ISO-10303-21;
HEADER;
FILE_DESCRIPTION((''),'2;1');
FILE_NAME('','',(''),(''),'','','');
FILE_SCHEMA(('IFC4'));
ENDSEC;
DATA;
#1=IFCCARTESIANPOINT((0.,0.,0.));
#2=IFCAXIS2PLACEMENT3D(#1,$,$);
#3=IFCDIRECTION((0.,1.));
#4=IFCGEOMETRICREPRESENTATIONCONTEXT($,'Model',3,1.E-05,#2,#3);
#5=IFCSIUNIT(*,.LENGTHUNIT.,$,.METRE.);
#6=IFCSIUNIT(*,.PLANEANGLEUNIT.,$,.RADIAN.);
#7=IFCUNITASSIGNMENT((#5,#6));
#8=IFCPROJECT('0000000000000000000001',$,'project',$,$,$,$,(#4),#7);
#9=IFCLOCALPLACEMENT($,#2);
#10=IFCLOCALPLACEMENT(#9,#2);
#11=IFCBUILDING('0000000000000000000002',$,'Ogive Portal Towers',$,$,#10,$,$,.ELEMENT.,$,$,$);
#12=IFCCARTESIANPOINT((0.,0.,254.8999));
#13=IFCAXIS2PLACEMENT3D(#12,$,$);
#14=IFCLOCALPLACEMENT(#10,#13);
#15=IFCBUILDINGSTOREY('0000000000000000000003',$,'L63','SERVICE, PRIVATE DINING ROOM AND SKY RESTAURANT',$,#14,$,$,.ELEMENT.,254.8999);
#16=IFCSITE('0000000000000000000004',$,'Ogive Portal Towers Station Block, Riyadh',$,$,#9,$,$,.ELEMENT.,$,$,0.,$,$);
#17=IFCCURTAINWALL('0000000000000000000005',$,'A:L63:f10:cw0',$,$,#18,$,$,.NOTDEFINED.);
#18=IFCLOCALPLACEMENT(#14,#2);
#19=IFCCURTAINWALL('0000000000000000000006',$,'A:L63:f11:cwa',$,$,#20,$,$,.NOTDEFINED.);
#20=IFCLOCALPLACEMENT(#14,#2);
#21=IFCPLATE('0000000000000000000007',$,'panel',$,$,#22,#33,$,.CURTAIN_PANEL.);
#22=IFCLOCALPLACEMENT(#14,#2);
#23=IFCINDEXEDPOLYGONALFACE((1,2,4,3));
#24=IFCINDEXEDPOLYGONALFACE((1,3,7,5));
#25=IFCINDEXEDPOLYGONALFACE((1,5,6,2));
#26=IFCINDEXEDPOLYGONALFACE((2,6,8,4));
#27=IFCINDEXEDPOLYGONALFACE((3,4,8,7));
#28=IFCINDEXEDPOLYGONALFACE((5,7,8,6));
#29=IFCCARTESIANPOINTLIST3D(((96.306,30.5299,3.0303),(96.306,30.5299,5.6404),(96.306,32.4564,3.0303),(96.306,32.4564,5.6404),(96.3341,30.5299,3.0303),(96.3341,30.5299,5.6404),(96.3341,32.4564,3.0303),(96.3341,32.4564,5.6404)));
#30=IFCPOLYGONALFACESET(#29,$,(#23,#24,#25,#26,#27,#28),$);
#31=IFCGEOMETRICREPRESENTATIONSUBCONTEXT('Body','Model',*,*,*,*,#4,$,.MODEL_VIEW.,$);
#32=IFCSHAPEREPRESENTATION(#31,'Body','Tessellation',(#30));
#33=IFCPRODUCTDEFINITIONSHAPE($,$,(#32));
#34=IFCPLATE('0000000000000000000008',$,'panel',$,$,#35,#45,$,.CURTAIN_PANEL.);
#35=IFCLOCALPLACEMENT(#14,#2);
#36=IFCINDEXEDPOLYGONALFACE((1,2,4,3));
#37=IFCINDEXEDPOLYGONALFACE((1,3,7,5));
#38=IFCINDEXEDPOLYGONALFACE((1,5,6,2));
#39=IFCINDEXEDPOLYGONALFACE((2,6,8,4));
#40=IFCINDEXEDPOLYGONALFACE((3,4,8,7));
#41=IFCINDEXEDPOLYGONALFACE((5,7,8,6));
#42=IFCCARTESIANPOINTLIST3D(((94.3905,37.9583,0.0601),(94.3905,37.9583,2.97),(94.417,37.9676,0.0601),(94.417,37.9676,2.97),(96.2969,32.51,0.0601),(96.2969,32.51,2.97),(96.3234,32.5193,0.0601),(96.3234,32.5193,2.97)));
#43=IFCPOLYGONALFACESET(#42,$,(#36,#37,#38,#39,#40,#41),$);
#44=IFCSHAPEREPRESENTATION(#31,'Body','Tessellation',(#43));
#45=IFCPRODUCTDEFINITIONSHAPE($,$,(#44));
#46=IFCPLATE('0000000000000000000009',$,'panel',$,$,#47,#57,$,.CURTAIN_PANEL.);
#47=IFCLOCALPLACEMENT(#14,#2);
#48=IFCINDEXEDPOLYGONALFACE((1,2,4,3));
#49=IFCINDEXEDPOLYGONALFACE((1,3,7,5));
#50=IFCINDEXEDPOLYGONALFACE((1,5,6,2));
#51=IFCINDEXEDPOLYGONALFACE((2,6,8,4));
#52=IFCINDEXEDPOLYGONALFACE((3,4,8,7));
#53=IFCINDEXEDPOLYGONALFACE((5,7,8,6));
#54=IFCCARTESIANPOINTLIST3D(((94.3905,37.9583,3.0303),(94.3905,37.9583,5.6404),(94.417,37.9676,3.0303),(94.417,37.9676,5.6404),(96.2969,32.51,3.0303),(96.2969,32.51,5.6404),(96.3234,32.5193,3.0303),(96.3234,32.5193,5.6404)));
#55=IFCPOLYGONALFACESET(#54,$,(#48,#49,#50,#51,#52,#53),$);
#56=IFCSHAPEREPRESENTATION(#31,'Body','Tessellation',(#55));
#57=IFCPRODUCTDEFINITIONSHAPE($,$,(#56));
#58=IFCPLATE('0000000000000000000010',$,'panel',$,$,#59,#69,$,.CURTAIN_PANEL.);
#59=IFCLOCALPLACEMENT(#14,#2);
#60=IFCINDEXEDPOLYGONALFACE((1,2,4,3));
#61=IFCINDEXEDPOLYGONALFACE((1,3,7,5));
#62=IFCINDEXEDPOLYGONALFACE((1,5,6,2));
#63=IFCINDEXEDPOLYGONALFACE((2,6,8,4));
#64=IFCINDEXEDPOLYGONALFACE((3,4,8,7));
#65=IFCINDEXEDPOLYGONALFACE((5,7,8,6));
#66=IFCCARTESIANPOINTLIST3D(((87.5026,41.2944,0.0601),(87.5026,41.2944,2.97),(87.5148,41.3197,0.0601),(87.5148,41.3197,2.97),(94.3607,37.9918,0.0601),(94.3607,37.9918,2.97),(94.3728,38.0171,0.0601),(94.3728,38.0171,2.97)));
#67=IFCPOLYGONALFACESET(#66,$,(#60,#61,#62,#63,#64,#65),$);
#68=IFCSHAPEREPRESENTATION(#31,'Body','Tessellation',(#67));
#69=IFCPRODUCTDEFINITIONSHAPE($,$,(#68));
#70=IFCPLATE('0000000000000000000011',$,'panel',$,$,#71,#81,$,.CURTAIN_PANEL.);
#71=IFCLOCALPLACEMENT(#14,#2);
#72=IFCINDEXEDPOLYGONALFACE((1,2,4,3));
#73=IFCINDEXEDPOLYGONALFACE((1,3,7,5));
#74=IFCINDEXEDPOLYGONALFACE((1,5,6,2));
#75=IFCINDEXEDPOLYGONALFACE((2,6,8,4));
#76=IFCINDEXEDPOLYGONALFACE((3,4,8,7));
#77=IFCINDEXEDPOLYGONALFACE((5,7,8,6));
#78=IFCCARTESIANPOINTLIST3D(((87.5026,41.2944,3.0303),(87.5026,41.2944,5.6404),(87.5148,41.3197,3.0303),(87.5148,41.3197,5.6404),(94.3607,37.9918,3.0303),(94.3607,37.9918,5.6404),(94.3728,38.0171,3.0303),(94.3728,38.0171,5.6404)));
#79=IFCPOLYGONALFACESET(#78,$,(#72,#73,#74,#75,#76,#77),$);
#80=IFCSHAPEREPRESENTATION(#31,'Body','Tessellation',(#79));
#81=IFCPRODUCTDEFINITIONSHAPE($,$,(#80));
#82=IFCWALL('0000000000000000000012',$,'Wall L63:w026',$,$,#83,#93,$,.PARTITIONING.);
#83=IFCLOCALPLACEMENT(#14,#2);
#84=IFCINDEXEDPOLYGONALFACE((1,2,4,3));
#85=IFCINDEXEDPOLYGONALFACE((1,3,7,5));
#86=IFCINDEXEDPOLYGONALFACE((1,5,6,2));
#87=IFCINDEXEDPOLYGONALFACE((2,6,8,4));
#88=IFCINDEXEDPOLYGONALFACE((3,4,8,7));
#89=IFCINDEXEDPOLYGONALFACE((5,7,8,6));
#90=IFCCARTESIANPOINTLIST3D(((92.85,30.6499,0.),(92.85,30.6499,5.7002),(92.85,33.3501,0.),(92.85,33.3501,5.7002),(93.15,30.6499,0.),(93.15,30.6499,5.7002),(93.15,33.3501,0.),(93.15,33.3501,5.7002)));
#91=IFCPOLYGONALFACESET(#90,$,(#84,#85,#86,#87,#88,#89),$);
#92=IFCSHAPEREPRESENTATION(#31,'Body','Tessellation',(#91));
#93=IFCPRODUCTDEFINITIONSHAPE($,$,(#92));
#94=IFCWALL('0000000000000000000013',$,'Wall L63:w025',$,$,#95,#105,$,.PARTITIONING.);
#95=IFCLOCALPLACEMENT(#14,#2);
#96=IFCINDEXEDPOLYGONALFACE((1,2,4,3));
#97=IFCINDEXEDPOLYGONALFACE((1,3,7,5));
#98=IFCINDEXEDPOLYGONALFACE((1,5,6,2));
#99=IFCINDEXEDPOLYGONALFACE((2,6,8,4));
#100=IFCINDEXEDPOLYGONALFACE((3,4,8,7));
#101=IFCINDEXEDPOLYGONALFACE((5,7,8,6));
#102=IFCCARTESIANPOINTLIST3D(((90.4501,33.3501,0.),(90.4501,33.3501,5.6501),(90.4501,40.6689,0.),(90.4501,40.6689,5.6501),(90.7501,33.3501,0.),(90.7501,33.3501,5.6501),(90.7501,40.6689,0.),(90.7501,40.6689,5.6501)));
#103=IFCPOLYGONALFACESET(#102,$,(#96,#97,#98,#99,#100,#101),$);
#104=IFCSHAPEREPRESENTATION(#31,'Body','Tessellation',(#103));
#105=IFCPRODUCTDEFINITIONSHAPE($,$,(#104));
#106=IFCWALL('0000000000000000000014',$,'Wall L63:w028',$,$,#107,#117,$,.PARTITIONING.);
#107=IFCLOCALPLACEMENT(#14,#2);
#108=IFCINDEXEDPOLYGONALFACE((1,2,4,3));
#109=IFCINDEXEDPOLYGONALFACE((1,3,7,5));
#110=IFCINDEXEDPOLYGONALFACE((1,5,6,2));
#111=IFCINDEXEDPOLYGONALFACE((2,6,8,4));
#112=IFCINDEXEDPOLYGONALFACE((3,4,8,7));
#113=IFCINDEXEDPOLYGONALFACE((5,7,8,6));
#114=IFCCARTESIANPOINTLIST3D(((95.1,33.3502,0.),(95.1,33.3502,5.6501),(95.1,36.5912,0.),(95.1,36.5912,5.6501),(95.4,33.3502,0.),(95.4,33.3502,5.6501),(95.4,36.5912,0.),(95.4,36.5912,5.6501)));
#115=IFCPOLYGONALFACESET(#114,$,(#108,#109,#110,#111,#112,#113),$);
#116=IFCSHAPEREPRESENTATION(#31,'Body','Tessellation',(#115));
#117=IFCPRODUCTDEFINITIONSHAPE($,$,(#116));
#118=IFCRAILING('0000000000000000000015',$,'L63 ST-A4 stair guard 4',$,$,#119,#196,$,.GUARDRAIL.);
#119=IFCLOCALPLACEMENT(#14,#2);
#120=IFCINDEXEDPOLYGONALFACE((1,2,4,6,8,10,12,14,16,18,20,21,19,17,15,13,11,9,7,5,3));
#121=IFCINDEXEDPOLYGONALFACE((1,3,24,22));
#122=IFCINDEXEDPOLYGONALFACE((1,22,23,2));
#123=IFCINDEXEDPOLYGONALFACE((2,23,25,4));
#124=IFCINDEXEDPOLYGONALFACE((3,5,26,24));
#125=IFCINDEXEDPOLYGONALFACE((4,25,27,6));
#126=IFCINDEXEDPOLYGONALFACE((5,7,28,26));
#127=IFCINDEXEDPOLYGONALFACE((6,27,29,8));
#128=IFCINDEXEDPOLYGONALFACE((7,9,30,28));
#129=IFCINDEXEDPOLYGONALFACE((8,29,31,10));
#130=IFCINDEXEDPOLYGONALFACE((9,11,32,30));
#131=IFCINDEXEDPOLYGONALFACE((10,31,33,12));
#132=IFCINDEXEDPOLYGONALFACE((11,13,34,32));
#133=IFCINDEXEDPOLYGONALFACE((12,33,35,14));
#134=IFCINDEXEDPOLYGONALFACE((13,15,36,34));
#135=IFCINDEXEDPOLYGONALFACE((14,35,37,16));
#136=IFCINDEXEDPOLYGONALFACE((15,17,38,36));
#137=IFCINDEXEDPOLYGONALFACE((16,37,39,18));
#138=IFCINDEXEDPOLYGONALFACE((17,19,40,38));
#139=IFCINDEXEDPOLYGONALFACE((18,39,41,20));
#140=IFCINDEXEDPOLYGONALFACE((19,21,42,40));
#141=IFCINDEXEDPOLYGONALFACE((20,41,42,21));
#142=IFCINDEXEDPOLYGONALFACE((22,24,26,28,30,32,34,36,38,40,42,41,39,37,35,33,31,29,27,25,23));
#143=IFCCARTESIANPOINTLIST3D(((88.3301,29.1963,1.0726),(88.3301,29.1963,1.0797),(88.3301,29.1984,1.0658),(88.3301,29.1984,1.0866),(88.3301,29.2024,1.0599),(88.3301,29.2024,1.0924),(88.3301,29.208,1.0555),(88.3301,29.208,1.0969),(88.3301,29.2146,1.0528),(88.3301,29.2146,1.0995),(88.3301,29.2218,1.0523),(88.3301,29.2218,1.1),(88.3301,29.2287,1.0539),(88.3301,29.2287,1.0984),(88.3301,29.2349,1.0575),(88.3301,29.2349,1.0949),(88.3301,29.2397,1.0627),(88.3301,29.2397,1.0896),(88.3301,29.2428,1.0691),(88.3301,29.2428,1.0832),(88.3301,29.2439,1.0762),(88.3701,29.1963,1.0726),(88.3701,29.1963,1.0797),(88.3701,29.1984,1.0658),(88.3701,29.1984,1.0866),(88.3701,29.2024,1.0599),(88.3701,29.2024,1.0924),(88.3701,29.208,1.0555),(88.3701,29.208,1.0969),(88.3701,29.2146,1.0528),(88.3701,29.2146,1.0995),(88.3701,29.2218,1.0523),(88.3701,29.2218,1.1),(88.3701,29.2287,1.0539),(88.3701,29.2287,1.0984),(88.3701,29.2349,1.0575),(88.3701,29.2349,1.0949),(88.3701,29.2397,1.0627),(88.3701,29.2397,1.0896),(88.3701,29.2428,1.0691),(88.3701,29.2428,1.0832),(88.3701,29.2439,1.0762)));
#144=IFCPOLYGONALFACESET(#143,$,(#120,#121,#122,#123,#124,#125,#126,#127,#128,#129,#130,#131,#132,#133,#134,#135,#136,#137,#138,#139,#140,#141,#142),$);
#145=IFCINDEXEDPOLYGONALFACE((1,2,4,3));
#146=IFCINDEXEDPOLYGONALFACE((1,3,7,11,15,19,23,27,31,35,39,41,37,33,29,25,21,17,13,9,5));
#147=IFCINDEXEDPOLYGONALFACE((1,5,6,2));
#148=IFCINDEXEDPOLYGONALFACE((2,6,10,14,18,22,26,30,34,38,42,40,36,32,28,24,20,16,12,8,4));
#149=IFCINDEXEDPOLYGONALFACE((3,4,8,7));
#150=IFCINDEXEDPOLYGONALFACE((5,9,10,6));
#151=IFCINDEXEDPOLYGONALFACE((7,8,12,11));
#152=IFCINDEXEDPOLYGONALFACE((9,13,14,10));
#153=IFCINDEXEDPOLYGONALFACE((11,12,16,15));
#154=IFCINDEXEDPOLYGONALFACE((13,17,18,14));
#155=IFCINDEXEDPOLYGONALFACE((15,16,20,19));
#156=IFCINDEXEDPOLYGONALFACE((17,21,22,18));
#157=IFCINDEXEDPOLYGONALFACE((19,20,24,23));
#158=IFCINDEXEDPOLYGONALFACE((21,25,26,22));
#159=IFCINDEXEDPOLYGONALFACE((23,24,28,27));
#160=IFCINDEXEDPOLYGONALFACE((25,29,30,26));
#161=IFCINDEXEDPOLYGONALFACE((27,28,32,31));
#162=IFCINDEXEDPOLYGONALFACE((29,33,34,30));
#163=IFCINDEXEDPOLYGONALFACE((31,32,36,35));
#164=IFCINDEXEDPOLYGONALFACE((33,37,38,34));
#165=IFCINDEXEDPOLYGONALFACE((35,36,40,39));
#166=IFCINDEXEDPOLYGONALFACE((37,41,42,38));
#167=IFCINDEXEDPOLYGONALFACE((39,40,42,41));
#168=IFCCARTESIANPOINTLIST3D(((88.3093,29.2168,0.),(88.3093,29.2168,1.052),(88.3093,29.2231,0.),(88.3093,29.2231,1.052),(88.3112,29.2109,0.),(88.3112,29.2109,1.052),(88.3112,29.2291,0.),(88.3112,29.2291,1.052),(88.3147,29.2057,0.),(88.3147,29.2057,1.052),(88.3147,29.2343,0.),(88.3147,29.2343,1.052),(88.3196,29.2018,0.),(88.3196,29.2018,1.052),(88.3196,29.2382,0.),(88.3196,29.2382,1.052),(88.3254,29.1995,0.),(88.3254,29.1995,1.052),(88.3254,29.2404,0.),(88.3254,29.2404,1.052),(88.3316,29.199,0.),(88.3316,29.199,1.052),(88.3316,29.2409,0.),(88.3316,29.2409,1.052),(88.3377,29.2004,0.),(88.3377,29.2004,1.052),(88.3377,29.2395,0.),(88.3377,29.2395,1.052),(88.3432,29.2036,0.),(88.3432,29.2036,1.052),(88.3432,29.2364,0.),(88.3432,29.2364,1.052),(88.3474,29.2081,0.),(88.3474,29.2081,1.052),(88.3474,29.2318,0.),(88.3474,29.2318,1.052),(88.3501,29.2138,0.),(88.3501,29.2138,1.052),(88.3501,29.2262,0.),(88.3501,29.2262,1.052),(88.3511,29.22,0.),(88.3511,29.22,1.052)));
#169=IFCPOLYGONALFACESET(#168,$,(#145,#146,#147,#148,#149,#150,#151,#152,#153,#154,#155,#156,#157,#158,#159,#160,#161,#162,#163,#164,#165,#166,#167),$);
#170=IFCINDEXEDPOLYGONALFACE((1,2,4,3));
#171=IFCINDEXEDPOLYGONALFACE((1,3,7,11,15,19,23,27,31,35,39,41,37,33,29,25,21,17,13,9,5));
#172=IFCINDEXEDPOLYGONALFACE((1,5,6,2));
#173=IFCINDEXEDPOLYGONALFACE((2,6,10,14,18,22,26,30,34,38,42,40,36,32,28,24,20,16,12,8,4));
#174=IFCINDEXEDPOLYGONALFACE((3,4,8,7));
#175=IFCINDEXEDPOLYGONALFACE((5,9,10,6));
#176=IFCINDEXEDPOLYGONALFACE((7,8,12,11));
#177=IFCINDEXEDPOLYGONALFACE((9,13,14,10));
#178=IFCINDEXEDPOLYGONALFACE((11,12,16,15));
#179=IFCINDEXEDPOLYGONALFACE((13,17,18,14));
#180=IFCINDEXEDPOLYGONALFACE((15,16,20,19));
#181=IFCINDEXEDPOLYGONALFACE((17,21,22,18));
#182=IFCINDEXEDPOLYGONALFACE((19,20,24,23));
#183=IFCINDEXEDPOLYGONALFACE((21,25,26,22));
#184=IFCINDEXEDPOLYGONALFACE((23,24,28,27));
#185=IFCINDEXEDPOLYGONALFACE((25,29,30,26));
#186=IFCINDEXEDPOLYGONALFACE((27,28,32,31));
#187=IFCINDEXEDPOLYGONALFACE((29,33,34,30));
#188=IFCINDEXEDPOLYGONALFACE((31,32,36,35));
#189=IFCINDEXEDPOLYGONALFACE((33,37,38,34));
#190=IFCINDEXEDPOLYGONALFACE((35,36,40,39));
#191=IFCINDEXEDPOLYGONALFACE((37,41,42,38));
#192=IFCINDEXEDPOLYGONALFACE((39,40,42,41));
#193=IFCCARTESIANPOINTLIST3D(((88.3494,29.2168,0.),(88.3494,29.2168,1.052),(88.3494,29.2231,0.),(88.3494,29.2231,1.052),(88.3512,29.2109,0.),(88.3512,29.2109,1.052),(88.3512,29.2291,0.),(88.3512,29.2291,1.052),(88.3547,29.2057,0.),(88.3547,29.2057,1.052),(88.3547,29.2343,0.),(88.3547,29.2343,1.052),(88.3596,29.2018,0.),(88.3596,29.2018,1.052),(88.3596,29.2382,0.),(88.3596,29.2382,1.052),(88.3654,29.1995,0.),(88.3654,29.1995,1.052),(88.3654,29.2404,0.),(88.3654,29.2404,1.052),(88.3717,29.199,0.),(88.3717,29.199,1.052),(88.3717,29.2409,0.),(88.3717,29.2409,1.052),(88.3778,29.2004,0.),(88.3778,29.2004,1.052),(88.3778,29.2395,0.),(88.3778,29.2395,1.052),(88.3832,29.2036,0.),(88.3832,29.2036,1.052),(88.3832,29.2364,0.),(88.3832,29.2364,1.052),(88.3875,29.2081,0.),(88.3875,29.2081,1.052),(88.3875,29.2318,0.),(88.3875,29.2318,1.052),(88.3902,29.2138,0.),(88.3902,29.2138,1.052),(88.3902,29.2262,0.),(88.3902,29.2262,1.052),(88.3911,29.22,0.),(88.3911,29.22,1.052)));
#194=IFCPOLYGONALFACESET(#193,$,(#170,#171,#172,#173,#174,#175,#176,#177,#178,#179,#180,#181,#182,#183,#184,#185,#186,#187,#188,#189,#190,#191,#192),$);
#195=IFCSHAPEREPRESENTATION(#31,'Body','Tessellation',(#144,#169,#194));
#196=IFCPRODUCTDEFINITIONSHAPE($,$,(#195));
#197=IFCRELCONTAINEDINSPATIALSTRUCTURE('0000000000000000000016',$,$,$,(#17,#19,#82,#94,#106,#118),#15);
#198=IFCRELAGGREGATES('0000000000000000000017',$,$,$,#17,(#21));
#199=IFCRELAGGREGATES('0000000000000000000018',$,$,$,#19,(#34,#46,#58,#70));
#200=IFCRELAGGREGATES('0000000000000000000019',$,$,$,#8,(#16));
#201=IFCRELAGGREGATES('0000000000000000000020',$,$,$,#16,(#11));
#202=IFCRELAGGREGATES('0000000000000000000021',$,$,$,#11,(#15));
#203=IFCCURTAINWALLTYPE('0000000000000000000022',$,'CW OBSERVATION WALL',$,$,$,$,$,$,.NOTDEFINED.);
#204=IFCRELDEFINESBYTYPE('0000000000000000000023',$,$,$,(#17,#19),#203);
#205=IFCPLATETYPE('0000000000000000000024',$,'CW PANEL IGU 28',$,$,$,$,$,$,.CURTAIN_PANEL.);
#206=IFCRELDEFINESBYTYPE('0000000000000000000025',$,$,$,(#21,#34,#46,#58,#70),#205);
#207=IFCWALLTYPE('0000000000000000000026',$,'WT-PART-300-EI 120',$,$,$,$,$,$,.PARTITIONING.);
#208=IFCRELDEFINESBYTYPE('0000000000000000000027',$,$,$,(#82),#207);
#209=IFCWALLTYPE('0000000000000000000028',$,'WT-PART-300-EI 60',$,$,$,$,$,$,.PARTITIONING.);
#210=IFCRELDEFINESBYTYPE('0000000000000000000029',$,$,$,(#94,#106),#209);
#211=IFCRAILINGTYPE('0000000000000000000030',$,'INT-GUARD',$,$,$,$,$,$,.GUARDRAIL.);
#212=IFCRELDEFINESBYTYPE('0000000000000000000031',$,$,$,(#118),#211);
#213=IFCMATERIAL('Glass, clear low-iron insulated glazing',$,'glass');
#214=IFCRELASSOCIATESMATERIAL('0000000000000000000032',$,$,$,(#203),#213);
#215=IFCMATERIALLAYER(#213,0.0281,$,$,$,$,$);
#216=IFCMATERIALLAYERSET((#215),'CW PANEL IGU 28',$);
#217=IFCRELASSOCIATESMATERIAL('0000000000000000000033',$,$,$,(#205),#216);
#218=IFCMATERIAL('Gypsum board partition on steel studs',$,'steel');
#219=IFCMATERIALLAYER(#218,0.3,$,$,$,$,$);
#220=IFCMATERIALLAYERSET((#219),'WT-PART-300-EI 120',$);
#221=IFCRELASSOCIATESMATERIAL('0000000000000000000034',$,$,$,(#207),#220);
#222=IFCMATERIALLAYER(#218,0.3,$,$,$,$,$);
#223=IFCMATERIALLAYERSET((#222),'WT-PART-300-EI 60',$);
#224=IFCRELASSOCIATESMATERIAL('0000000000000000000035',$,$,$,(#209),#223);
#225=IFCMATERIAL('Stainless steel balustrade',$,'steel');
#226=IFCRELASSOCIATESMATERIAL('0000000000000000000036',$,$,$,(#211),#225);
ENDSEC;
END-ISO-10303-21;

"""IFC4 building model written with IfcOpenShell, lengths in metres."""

from ifc_helpers import new_model, si_unit, direction, frame, frame_2d, origin, origin_2d, place, context, subcontext, project, spatial, rectangle, circle, extrude, material, layer, layer_set, type_object, element, aggregate, save


model = new_model("IFC4")

# Units and contexts
model_context = context("Model", 3, precision=1e-05, world=origin(), true_north=direction((0.0, 1.0)))
body_context = subcontext(model_context, "Body", "Model", "MODEL_VIEW")
ifc_project = project(units=[si_unit("LENGTHUNIT", "METRE"), si_unit("PLANEANGLEUNIT", "RADIAN")], contexts=[model_context])

# Site, building, storey
site_placement = place(None, origin())
site = spatial("IfcSite", under=ifc_project, at=site_placement, Name="Ogive Portal Towers Station Block, Riyadh", CompositionType="ELEMENT", RefElevation=0.0)
building_placement = place(site_placement, origin())
building = spatial("IfcBuilding", under=site, at=building_placement, Name="Ogive Portal Towers", CompositionType="ELEMENT")
storey_placement = place(building_placement, frame((0.0, 0.0, 254.8999)))
storey = spatial("IfcBuildingStorey", under=building, at=storey_placement, Name="L63", Description="SERVICE, PRIVATE DINING ROOM AND SKY RESTAURANT", CompositionType="ELEMENT", Elevation=254.8999)

# Curtain walls
ifc_material_1 = material(Name="Glass, clear low-iron insulated glazing", Category="glass")
curtain_wall_type = type_object("IfcCurtainWallType", Name="CW OBSERVATION WALL", PredefinedType="NOTDEFINED", material=ifc_material_1)
curtain_wall_1_placement = place(storey_placement, origin())
curtain_wall_1 = element("IfcCurtainWall", 1, at=curtain_wall_1_placement, inside=storey, type_object=curtain_wall_type, Name="A:L63:f10:cw0", PredefinedType="NOTDEFINED")
curtain_wall_2_placement = place(storey_placement, origin())
curtain_wall_2 = element("IfcCurtainWall", 2, at=curtain_wall_2_placement, inside=storey, type_object=curtain_wall_type, Name="A:L63:f11:cwa", PredefinedType="NOTDEFINED")

# Plates
ifc_layer_1 = layer(ifc_material_1, 0.0281)
ifc_layer_set_1 = layer_set([ifc_layer_1], Name="CW PANEL IGU 28")
plate_type = type_object("IfcPlateType", Name="CW PANEL IGU 28", PredefinedType="CURTAIN_PANEL", material=ifc_layer_set_1)
plate_1_placement = place(storey_placement, frame((96.3201, 31.4932, 3.0303), z_axis=(0.0, 0.0, 1.0), x_axis=(0.0, 1.0, 0.0)))
plate_1 = element("IfcPlate", 3, at=plate_1_placement, type_object=plate_type, Name="panel", PredefinedType="CURTAIN_PANEL", context=body_context, shape_type="SweptSolid", body=[
    extrude(rectangle(XDim=1.9265, YDim=0.0281, at=origin_2d()), origin(), (0.0, 0.0, 1.0), 2.6101),
])
aggregate(curtain_wall_1, [plate_1])
plate_2_placement = place(storey_placement, frame((95.3569, 35.2388, 0.0601), z_axis=(0.0, 0.0, 1.0), x_axis=(-0.330279, 0.943883, 0.0)))
plate_2 = element("IfcPlate", 4, at=plate_2_placement, type_object=plate_type, Name="panel", PredefinedType="CURTAIN_PANEL", context=body_context, shape_type="SweptSolid", body=[
    extrude(rectangle(XDim=5.7722, YDim=0.0281, at=origin_2d()), origin(), (0.0, 0.0, 1.0), 2.9099),
])
plate_3_placement = place(storey_placement, frame((95.3569, 35.2388, 3.0303), z_axis=(0.0, 0.0, 1.0), x_axis=(-0.330279, 0.943883, 0.0)))
plate_3 = element("IfcPlate", 5, at=plate_3_placement, type_object=plate_type, Name="panel", PredefinedType="CURTAIN_PANEL", context=body_context, shape_type="SweptSolid", body=[
    extrude(rectangle(XDim=5.7722, YDim=0.0281, at=origin_2d()), origin(), (0.0, 0.0, 1.0), 2.6101),
])
plate_4_placement = place(storey_placement, frame((90.9377, 39.6558, 0.0601), z_axis=(0.0, 0.0, 1.0), x_axis=(-0.900969, 0.433884, 0.0)))
plate_4 = element("IfcPlate", 6, at=plate_4_placement, type_object=plate_type, Name="panel", PredefinedType="CURTAIN_PANEL", context=body_context, shape_type="SweptSolid", body=[
    extrude(rectangle(XDim=7.6118, YDim=0.0281, at=origin_2d()), origin(), (0.0, 0.0, 1.0), 2.9099),
])
plate_5_placement = place(storey_placement, frame((90.9377, 39.6558, 3.0303), z_axis=(0.0, 0.0, 1.0), x_axis=(-0.900969, 0.433884, 0.0)))
plate_5 = element("IfcPlate", 7, at=plate_5_placement, type_object=plate_type, Name="panel", PredefinedType="CURTAIN_PANEL", context=body_context, shape_type="SweptSolid", body=[
    extrude(rectangle(XDim=7.6118, YDim=0.0281, at=origin_2d()), origin(), (0.0, 0.0, 1.0), 2.6101),
])
aggregate(curtain_wall_2, [plate_2, plate_3, plate_4, plate_5])

# Walls
ifc_material_2 = material(Name="Gypsum board partition on steel studs", Category="steel")
ifc_layer_2 = layer(ifc_material_2, 0.3)
ifc_layer_set_2 = layer_set([ifc_layer_2], Name="WT-PART-300-EI 120")
wall_type_1 = type_object("IfcWallType", Name="WT-PART-300-EI 120", PredefinedType="PARTITIONING", material=ifc_layer_set_2)
wall_1_placement = place(storey_placement, frame((93.0, 30.6499, 0.0), z_axis=(0.0, 0.0, 1.0), x_axis=(0.0, 1.0, 0.0)))
element("IfcWall", 8, at=wall_1_placement, inside=storey, type_object=wall_type_1, Name="Wall L63:w026", PredefinedType="PARTITIONING", context=body_context, shape_type="SweptSolid", body=[
    extrude(rectangle(XDim=2.7002, YDim=0.3, at=frame_2d((1.3501, 0.0))), origin(), (0.0, 0.0, 1.0), 5.7002),
])
ifc_layer_3 = layer(ifc_material_2, 0.3)
ifc_layer_set_3 = layer_set([ifc_layer_3], Name="WT-PART-300-EI 60")
wall_type_2 = type_object("IfcWallType", Name="WT-PART-300-EI 60", PredefinedType="PARTITIONING", material=ifc_layer_set_3)
wall_2_placement = place(storey_placement, frame((90.6001, 33.3501, 0.0), z_axis=(0.0, 0.0, 1.0), x_axis=(0.0, 1.0, 0.0)))
element("IfcWall", 9, at=wall_2_placement, inside=storey, type_object=wall_type_2, Name="Wall L63:w025", PredefinedType="PARTITIONING", context=body_context, shape_type="SweptSolid", body=[
    extrude(rectangle(XDim=7.3188, YDim=0.3, at=frame_2d((3.6594, 0.0))), origin(), (0.0, 0.0, 1.0), 5.6501),
])
wall_3_placement = place(storey_placement, frame((95.25, 33.3501, 0.0), z_axis=(0.0, 0.0, 1.0), x_axis=(0.0, 1.0, 0.0)))
element("IfcWall", 10, at=wall_3_placement, inside=storey, type_object=wall_type_2, Name="Wall L63:w028", PredefinedType="PARTITIONING", context=body_context, shape_type="SweptSolid", body=[
    extrude(rectangle(XDim=3.241, YDim=0.3, at=frame_2d((1.6206, 0.0))), origin(), (0.0, 0.0, 1.0), 5.6501),
])

# Railing
ifc_material_3 = material(Name="Stainless steel balustrade", Category="steel")
railing_type = type_object("IfcRailingType", Name="INT-GUARD", PredefinedType="GUARDRAIL", material=ifc_material_3)
railing_placement = place(storey_placement, frame((88.3301, 29.22, 0.0)))
element("IfcRailing", 11, at=railing_placement, inside=storey, type_object=railing_type, Name="L63 ST-A4 stair guard 4", PredefinedType="GUARDRAIL", context=body_context, shape_type="SweptSolid", body=[
    extrude(circle(Radius=0.0239, at=origin_2d()), frame((0.0, 0.0, 1.0762), z_axis=(1.0, 0.0, 0.0), x_axis=(0.0, 1.0, 0.0)), (0.0, 0.0, 1.0), 0.04),
    extrude(circle(Radius=0.021, at=origin_2d()), origin(), (0.0, 0.0, 1.0), 1.052),
    extrude(circle(Radius=0.021, at=origin_2d()), frame((0.04, 0.0, 0.0)), (0.0, 0.0, 1.0), 1.052),
])

save(model, "model.ifc")
